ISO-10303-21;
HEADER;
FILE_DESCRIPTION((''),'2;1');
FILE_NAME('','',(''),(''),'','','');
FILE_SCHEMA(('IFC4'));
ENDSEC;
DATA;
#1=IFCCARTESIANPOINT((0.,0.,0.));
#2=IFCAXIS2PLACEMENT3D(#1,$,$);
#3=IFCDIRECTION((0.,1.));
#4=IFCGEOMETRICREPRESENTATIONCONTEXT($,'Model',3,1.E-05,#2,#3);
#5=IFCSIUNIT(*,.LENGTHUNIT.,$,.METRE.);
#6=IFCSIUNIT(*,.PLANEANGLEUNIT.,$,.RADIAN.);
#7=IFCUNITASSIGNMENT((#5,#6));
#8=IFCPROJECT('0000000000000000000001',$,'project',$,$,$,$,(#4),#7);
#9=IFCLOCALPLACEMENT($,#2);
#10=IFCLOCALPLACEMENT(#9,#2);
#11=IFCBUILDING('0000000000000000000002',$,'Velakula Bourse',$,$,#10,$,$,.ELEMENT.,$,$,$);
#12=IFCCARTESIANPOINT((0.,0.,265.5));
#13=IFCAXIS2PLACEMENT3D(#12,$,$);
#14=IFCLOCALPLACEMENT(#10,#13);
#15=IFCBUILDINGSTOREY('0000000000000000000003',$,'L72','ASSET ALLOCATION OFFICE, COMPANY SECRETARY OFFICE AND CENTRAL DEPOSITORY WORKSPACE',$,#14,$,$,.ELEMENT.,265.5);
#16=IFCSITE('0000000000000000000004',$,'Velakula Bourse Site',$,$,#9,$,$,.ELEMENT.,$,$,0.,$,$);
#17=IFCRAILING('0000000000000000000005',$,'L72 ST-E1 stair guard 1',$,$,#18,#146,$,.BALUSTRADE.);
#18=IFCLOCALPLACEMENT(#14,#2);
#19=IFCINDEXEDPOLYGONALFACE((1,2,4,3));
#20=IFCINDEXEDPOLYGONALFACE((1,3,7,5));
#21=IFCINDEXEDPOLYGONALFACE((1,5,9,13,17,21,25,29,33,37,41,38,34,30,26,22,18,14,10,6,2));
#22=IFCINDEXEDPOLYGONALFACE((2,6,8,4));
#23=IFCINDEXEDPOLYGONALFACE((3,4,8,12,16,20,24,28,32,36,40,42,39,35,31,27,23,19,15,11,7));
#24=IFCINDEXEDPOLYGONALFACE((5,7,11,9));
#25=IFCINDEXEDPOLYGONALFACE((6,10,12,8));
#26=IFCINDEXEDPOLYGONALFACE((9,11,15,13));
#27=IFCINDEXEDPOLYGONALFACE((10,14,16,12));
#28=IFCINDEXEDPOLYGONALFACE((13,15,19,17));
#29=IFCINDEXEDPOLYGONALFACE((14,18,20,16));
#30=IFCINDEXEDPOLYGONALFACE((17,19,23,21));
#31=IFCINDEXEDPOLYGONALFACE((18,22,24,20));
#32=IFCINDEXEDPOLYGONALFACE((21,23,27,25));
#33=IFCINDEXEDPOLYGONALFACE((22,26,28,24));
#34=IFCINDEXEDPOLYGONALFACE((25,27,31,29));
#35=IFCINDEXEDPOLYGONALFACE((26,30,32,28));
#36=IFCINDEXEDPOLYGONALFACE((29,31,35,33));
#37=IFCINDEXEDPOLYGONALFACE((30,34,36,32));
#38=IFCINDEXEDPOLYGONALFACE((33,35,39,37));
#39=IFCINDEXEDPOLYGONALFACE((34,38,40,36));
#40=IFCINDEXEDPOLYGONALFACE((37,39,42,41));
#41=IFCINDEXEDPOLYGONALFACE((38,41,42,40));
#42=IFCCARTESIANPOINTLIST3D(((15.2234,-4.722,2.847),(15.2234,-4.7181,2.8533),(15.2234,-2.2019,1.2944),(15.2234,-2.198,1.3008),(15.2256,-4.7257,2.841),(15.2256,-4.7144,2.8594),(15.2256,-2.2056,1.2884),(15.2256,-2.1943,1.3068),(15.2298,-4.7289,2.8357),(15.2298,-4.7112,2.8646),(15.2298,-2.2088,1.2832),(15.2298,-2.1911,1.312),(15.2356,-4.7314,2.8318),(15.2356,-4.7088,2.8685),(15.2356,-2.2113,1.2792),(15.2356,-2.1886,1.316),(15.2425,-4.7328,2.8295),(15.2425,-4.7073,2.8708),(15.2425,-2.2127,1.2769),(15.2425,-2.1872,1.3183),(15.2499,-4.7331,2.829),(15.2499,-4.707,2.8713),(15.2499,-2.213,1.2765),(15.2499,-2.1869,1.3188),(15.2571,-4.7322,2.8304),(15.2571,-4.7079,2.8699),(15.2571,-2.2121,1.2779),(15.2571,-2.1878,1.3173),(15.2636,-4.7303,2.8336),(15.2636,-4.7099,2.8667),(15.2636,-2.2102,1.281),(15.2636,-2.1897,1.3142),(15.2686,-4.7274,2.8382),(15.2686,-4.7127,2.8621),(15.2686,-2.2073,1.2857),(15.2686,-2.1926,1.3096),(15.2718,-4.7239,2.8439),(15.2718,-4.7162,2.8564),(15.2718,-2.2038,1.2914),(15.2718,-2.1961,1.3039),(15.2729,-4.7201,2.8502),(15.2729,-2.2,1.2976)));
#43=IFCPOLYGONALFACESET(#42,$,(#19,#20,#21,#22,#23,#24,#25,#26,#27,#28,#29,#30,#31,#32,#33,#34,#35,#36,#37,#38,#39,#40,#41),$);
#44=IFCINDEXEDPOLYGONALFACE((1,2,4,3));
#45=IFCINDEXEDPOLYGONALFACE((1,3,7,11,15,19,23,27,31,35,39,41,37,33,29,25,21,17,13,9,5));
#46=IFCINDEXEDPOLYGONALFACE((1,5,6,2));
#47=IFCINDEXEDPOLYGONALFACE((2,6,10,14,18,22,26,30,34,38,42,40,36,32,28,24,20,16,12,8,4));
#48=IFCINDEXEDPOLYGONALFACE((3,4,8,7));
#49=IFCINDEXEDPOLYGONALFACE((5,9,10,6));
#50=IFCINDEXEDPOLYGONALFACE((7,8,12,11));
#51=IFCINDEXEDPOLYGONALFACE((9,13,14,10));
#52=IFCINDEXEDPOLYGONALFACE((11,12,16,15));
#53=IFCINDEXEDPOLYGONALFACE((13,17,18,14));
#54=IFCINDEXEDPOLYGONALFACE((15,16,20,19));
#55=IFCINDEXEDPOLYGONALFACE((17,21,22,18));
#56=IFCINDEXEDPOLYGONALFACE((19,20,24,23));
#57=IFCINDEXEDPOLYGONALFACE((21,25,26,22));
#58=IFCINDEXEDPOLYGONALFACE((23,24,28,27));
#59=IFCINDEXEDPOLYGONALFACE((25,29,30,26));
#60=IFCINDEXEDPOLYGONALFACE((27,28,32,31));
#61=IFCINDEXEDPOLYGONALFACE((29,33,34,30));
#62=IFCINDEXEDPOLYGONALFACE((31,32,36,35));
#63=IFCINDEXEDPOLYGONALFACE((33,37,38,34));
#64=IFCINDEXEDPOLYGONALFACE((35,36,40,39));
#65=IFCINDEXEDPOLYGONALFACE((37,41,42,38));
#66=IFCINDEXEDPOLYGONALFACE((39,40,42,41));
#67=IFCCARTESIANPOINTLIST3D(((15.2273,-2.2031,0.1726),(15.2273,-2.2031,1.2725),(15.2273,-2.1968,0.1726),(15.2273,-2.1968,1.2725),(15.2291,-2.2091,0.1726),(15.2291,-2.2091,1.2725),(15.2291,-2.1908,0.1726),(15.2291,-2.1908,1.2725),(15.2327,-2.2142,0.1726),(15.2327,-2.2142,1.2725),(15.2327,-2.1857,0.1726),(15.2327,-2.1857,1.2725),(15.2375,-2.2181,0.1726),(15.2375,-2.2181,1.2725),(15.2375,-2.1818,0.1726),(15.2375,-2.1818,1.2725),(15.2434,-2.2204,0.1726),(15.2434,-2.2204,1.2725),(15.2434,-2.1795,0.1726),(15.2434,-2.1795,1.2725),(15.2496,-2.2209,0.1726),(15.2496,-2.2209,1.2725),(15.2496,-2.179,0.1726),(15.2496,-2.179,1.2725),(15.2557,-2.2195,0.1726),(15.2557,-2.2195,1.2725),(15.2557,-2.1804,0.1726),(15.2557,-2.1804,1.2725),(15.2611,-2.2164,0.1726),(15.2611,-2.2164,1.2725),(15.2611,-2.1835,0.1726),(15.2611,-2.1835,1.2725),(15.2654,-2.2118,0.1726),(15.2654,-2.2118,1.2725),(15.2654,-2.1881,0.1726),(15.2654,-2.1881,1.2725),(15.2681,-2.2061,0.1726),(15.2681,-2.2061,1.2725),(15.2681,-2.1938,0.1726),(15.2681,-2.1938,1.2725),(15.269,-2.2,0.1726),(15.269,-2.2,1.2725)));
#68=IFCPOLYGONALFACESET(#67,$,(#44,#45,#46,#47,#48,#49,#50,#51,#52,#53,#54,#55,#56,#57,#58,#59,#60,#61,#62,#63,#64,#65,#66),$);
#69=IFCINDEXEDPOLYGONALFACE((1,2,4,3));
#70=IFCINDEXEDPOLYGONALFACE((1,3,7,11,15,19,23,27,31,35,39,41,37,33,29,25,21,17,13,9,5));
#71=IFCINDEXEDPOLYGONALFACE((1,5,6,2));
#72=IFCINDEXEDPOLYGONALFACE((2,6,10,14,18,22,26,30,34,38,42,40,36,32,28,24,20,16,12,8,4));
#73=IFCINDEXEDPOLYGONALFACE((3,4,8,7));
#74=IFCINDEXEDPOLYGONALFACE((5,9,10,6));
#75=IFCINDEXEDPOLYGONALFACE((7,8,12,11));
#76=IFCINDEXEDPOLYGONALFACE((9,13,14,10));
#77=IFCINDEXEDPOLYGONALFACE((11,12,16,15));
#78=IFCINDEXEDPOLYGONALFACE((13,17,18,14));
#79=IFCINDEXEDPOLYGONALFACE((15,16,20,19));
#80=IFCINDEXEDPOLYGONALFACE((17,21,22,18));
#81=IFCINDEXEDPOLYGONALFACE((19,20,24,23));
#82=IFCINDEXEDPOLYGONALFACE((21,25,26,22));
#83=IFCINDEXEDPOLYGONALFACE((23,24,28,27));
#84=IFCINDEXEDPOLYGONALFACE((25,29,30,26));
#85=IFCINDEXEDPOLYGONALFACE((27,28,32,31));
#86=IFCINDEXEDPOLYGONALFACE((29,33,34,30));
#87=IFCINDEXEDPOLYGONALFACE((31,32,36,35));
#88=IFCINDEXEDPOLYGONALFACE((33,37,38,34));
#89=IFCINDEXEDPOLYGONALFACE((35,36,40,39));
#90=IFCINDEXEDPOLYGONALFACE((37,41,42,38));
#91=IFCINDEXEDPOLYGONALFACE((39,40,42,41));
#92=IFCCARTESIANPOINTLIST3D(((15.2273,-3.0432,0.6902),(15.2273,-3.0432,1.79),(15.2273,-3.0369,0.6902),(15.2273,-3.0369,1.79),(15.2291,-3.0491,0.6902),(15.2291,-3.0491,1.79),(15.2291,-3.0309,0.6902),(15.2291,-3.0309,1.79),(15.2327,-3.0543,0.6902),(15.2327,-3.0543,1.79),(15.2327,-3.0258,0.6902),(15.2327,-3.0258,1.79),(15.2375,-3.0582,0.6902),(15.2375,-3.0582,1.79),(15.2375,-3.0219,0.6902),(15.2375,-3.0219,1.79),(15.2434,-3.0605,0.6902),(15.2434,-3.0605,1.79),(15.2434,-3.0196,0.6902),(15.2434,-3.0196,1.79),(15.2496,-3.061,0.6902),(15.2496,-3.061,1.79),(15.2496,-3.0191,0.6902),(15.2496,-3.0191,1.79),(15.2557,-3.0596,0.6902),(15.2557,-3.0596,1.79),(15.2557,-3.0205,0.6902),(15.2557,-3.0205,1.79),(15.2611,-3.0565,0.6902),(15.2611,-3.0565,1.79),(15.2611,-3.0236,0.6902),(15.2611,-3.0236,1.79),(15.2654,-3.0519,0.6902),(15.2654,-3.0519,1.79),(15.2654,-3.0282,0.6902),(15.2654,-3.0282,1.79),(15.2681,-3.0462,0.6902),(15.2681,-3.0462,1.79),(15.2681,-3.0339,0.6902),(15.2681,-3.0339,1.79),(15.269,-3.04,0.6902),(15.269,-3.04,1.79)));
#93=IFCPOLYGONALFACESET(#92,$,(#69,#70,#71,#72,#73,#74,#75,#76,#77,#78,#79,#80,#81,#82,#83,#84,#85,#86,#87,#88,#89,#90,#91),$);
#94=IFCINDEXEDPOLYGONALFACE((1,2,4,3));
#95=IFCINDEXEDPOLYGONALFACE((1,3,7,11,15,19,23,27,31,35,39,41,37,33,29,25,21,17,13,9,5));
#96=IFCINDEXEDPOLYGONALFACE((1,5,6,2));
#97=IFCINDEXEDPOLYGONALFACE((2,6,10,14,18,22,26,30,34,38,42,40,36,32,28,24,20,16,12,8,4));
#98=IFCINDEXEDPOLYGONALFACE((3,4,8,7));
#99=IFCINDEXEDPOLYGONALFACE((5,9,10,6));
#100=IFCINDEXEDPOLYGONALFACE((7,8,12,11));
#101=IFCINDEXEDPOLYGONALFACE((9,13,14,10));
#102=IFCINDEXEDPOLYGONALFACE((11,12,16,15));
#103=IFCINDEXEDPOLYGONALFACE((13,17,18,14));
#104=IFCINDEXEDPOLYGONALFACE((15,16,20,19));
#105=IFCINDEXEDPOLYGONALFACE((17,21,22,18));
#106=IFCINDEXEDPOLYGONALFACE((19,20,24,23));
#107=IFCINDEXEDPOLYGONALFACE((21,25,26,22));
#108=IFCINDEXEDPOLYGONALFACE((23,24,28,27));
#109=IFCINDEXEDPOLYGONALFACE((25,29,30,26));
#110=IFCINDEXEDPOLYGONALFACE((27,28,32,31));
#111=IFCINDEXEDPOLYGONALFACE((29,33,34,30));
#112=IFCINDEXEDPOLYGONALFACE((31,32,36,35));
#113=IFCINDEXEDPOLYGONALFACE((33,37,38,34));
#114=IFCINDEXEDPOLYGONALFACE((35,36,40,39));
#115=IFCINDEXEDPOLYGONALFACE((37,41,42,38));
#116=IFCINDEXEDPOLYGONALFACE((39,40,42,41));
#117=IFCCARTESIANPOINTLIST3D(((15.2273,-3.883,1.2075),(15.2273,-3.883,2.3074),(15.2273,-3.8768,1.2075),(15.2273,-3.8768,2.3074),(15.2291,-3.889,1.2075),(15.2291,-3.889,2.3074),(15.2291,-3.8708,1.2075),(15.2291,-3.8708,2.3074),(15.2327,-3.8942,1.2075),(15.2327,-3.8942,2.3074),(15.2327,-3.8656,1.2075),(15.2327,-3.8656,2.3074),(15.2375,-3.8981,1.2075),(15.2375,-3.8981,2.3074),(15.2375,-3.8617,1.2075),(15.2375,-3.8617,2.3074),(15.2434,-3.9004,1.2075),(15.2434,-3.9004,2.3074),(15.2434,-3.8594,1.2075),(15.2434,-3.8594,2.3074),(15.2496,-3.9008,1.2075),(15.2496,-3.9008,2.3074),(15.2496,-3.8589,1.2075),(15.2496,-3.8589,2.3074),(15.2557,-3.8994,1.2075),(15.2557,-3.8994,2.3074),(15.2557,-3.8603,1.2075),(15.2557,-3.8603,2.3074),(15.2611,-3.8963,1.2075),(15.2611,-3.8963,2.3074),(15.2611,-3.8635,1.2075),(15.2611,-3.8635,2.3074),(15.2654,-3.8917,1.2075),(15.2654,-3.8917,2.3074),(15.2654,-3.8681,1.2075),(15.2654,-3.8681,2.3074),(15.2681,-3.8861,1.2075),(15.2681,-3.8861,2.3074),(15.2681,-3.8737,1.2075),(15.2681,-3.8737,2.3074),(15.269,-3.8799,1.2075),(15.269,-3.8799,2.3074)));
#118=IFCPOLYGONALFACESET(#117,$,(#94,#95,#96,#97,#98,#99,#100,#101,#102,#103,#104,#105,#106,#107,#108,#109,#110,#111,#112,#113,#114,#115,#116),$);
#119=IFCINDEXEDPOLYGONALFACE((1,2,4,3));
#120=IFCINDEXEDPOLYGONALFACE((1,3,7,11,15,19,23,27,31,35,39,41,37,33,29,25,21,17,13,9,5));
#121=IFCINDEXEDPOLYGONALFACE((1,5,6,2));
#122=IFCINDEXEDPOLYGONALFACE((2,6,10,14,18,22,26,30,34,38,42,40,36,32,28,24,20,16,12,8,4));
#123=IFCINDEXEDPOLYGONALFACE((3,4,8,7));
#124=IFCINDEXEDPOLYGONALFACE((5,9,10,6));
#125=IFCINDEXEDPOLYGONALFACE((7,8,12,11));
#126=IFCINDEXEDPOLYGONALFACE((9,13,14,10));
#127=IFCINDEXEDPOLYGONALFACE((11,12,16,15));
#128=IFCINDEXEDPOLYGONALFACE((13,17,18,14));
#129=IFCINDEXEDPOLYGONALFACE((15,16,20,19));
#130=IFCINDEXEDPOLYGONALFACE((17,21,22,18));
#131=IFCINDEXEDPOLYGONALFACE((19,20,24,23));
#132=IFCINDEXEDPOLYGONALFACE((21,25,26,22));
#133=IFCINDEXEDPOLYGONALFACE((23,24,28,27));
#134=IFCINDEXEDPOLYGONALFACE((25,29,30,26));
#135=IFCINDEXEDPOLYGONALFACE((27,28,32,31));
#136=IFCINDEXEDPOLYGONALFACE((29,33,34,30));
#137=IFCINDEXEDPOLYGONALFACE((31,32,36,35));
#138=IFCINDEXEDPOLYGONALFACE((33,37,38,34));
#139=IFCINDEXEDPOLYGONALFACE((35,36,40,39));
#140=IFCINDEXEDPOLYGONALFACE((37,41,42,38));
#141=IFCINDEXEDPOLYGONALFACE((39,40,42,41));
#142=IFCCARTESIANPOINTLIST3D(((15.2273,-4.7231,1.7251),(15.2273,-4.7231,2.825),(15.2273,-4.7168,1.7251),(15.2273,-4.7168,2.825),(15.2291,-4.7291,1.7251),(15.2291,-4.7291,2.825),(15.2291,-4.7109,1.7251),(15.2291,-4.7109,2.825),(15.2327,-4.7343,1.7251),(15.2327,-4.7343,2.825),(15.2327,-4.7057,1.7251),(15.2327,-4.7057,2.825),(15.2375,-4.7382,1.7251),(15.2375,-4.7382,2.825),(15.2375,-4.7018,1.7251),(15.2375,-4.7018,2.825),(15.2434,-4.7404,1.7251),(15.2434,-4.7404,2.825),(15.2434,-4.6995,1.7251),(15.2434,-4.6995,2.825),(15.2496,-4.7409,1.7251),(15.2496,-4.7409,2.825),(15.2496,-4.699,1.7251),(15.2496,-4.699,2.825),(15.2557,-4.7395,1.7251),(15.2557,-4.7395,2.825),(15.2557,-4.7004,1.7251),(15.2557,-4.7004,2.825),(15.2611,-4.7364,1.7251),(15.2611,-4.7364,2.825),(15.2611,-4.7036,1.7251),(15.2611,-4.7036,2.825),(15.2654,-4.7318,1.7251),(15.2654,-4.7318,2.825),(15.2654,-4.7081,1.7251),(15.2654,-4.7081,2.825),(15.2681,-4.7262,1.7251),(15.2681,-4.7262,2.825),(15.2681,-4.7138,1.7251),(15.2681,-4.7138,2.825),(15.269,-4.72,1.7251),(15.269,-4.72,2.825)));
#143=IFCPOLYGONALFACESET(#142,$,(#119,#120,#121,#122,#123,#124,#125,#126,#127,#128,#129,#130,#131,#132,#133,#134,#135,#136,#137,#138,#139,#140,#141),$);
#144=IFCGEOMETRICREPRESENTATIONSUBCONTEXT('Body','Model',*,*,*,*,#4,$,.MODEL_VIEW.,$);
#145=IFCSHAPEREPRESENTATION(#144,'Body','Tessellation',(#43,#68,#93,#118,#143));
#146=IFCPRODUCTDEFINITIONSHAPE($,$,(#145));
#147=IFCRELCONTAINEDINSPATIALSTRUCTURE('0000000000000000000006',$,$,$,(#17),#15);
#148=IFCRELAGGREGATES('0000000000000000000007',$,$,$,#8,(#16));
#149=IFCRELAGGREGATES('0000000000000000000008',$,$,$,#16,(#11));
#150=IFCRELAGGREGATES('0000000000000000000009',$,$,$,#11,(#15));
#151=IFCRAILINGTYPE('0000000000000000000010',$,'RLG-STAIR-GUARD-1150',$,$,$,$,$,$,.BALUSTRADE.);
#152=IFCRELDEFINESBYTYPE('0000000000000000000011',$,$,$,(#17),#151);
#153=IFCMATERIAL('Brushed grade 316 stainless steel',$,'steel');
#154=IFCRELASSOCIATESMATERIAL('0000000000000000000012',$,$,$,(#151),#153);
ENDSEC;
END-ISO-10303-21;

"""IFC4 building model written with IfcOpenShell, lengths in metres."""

from ifc_helpers import new_model, si_unit, direction, frame, origin, origin_2d, place, context, subcontext, project, spatial, circle, extrude, material, type_object, element, save


model = new_model("IFC4")

# Units and contexts
model_context = context("Model", 3, precision=1e-05, world=origin(), true_north=direction((0.0, 1.0)))
body_context = subcontext(model_context, "Body", "Model", "MODEL_VIEW")
ifc_project = project(units=[si_unit("LENGTHUNIT", "METRE"), si_unit("PLANEANGLEUNIT", "RADIAN")], contexts=[model_context])

# Site, building, storey
site_placement = place(None, origin())
site = spatial("IfcSite", under=ifc_project, at=site_placement, Name="Velakula Bourse Site", CompositionType="ELEMENT", RefElevation=0.0)
building_placement = place(site_placement, origin())
building = spatial("IfcBuilding", under=site, at=building_placement, Name="Velakula Bourse", CompositionType="ELEMENT")
storey_placement = place(building_placement, frame((0.0, 0.0, 265.5)))
storey = spatial("IfcBuildingStorey", under=building, at=storey_placement, Name="L72", Description="ASSET ALLOCATION OFFICE, COMPANY SECRETARY OFFICE AND CENTRAL DEPOSITORY WORKSPACE", CompositionType="ELEMENT", Elevation=265.5)

# Shared definitions
ifc_material_1 = material(Name="Brushed grade 316 stainless steel", Category="steel")

# Railing
railing_type_1 = type_object("IfcRailingType", Name="RLG-STAIR-GUARD-1150", PredefinedType="BALUSTRADE", material=ifc_material_1)
railing_1_placement = place(storey_placement, frame((15.248, -2.2, 0.1726)))
element("IfcRailing", 1, at=railing_1_placement, inside=storey, type_object=railing_type_1, Name="L72 ST-E1 stair guard 1", PredefinedType="BALUSTRADE", context=body_context, shape_type="SweptSolid", body=[
    extrude(circle(Radius=0.0249, at=origin_2d()), frame((0.0, 0.0, 1.125), z_axis=(0.0, -0.8514, 0.524516), x_axis=(1.0, 0.0, 0.0)), (0.0, 0.0, 1.0), 2.96),
    extrude(circle(Radius=0.021, at=origin_2d()), origin(), (0.0, 0.0, 1.0), 1.0999),
    extrude(circle(Radius=0.021, at=origin_2d()), frame((0.0, -0.8401, 0.5176)), (0.0, 0.0, 1.0), 1.0999),
    extrude(circle(Radius=0.021, at=origin_2d()), frame((0.0, -1.6799, 1.0349)), (0.0, 0.0, 1.0), 1.0999),
    extrude(circle(Radius=0.021, at=origin_2d()), frame((0.0, -2.52, 1.5525)), (0.0, 0.0, 1.0), 1.0999),
])

save(model, "model.ifc")
